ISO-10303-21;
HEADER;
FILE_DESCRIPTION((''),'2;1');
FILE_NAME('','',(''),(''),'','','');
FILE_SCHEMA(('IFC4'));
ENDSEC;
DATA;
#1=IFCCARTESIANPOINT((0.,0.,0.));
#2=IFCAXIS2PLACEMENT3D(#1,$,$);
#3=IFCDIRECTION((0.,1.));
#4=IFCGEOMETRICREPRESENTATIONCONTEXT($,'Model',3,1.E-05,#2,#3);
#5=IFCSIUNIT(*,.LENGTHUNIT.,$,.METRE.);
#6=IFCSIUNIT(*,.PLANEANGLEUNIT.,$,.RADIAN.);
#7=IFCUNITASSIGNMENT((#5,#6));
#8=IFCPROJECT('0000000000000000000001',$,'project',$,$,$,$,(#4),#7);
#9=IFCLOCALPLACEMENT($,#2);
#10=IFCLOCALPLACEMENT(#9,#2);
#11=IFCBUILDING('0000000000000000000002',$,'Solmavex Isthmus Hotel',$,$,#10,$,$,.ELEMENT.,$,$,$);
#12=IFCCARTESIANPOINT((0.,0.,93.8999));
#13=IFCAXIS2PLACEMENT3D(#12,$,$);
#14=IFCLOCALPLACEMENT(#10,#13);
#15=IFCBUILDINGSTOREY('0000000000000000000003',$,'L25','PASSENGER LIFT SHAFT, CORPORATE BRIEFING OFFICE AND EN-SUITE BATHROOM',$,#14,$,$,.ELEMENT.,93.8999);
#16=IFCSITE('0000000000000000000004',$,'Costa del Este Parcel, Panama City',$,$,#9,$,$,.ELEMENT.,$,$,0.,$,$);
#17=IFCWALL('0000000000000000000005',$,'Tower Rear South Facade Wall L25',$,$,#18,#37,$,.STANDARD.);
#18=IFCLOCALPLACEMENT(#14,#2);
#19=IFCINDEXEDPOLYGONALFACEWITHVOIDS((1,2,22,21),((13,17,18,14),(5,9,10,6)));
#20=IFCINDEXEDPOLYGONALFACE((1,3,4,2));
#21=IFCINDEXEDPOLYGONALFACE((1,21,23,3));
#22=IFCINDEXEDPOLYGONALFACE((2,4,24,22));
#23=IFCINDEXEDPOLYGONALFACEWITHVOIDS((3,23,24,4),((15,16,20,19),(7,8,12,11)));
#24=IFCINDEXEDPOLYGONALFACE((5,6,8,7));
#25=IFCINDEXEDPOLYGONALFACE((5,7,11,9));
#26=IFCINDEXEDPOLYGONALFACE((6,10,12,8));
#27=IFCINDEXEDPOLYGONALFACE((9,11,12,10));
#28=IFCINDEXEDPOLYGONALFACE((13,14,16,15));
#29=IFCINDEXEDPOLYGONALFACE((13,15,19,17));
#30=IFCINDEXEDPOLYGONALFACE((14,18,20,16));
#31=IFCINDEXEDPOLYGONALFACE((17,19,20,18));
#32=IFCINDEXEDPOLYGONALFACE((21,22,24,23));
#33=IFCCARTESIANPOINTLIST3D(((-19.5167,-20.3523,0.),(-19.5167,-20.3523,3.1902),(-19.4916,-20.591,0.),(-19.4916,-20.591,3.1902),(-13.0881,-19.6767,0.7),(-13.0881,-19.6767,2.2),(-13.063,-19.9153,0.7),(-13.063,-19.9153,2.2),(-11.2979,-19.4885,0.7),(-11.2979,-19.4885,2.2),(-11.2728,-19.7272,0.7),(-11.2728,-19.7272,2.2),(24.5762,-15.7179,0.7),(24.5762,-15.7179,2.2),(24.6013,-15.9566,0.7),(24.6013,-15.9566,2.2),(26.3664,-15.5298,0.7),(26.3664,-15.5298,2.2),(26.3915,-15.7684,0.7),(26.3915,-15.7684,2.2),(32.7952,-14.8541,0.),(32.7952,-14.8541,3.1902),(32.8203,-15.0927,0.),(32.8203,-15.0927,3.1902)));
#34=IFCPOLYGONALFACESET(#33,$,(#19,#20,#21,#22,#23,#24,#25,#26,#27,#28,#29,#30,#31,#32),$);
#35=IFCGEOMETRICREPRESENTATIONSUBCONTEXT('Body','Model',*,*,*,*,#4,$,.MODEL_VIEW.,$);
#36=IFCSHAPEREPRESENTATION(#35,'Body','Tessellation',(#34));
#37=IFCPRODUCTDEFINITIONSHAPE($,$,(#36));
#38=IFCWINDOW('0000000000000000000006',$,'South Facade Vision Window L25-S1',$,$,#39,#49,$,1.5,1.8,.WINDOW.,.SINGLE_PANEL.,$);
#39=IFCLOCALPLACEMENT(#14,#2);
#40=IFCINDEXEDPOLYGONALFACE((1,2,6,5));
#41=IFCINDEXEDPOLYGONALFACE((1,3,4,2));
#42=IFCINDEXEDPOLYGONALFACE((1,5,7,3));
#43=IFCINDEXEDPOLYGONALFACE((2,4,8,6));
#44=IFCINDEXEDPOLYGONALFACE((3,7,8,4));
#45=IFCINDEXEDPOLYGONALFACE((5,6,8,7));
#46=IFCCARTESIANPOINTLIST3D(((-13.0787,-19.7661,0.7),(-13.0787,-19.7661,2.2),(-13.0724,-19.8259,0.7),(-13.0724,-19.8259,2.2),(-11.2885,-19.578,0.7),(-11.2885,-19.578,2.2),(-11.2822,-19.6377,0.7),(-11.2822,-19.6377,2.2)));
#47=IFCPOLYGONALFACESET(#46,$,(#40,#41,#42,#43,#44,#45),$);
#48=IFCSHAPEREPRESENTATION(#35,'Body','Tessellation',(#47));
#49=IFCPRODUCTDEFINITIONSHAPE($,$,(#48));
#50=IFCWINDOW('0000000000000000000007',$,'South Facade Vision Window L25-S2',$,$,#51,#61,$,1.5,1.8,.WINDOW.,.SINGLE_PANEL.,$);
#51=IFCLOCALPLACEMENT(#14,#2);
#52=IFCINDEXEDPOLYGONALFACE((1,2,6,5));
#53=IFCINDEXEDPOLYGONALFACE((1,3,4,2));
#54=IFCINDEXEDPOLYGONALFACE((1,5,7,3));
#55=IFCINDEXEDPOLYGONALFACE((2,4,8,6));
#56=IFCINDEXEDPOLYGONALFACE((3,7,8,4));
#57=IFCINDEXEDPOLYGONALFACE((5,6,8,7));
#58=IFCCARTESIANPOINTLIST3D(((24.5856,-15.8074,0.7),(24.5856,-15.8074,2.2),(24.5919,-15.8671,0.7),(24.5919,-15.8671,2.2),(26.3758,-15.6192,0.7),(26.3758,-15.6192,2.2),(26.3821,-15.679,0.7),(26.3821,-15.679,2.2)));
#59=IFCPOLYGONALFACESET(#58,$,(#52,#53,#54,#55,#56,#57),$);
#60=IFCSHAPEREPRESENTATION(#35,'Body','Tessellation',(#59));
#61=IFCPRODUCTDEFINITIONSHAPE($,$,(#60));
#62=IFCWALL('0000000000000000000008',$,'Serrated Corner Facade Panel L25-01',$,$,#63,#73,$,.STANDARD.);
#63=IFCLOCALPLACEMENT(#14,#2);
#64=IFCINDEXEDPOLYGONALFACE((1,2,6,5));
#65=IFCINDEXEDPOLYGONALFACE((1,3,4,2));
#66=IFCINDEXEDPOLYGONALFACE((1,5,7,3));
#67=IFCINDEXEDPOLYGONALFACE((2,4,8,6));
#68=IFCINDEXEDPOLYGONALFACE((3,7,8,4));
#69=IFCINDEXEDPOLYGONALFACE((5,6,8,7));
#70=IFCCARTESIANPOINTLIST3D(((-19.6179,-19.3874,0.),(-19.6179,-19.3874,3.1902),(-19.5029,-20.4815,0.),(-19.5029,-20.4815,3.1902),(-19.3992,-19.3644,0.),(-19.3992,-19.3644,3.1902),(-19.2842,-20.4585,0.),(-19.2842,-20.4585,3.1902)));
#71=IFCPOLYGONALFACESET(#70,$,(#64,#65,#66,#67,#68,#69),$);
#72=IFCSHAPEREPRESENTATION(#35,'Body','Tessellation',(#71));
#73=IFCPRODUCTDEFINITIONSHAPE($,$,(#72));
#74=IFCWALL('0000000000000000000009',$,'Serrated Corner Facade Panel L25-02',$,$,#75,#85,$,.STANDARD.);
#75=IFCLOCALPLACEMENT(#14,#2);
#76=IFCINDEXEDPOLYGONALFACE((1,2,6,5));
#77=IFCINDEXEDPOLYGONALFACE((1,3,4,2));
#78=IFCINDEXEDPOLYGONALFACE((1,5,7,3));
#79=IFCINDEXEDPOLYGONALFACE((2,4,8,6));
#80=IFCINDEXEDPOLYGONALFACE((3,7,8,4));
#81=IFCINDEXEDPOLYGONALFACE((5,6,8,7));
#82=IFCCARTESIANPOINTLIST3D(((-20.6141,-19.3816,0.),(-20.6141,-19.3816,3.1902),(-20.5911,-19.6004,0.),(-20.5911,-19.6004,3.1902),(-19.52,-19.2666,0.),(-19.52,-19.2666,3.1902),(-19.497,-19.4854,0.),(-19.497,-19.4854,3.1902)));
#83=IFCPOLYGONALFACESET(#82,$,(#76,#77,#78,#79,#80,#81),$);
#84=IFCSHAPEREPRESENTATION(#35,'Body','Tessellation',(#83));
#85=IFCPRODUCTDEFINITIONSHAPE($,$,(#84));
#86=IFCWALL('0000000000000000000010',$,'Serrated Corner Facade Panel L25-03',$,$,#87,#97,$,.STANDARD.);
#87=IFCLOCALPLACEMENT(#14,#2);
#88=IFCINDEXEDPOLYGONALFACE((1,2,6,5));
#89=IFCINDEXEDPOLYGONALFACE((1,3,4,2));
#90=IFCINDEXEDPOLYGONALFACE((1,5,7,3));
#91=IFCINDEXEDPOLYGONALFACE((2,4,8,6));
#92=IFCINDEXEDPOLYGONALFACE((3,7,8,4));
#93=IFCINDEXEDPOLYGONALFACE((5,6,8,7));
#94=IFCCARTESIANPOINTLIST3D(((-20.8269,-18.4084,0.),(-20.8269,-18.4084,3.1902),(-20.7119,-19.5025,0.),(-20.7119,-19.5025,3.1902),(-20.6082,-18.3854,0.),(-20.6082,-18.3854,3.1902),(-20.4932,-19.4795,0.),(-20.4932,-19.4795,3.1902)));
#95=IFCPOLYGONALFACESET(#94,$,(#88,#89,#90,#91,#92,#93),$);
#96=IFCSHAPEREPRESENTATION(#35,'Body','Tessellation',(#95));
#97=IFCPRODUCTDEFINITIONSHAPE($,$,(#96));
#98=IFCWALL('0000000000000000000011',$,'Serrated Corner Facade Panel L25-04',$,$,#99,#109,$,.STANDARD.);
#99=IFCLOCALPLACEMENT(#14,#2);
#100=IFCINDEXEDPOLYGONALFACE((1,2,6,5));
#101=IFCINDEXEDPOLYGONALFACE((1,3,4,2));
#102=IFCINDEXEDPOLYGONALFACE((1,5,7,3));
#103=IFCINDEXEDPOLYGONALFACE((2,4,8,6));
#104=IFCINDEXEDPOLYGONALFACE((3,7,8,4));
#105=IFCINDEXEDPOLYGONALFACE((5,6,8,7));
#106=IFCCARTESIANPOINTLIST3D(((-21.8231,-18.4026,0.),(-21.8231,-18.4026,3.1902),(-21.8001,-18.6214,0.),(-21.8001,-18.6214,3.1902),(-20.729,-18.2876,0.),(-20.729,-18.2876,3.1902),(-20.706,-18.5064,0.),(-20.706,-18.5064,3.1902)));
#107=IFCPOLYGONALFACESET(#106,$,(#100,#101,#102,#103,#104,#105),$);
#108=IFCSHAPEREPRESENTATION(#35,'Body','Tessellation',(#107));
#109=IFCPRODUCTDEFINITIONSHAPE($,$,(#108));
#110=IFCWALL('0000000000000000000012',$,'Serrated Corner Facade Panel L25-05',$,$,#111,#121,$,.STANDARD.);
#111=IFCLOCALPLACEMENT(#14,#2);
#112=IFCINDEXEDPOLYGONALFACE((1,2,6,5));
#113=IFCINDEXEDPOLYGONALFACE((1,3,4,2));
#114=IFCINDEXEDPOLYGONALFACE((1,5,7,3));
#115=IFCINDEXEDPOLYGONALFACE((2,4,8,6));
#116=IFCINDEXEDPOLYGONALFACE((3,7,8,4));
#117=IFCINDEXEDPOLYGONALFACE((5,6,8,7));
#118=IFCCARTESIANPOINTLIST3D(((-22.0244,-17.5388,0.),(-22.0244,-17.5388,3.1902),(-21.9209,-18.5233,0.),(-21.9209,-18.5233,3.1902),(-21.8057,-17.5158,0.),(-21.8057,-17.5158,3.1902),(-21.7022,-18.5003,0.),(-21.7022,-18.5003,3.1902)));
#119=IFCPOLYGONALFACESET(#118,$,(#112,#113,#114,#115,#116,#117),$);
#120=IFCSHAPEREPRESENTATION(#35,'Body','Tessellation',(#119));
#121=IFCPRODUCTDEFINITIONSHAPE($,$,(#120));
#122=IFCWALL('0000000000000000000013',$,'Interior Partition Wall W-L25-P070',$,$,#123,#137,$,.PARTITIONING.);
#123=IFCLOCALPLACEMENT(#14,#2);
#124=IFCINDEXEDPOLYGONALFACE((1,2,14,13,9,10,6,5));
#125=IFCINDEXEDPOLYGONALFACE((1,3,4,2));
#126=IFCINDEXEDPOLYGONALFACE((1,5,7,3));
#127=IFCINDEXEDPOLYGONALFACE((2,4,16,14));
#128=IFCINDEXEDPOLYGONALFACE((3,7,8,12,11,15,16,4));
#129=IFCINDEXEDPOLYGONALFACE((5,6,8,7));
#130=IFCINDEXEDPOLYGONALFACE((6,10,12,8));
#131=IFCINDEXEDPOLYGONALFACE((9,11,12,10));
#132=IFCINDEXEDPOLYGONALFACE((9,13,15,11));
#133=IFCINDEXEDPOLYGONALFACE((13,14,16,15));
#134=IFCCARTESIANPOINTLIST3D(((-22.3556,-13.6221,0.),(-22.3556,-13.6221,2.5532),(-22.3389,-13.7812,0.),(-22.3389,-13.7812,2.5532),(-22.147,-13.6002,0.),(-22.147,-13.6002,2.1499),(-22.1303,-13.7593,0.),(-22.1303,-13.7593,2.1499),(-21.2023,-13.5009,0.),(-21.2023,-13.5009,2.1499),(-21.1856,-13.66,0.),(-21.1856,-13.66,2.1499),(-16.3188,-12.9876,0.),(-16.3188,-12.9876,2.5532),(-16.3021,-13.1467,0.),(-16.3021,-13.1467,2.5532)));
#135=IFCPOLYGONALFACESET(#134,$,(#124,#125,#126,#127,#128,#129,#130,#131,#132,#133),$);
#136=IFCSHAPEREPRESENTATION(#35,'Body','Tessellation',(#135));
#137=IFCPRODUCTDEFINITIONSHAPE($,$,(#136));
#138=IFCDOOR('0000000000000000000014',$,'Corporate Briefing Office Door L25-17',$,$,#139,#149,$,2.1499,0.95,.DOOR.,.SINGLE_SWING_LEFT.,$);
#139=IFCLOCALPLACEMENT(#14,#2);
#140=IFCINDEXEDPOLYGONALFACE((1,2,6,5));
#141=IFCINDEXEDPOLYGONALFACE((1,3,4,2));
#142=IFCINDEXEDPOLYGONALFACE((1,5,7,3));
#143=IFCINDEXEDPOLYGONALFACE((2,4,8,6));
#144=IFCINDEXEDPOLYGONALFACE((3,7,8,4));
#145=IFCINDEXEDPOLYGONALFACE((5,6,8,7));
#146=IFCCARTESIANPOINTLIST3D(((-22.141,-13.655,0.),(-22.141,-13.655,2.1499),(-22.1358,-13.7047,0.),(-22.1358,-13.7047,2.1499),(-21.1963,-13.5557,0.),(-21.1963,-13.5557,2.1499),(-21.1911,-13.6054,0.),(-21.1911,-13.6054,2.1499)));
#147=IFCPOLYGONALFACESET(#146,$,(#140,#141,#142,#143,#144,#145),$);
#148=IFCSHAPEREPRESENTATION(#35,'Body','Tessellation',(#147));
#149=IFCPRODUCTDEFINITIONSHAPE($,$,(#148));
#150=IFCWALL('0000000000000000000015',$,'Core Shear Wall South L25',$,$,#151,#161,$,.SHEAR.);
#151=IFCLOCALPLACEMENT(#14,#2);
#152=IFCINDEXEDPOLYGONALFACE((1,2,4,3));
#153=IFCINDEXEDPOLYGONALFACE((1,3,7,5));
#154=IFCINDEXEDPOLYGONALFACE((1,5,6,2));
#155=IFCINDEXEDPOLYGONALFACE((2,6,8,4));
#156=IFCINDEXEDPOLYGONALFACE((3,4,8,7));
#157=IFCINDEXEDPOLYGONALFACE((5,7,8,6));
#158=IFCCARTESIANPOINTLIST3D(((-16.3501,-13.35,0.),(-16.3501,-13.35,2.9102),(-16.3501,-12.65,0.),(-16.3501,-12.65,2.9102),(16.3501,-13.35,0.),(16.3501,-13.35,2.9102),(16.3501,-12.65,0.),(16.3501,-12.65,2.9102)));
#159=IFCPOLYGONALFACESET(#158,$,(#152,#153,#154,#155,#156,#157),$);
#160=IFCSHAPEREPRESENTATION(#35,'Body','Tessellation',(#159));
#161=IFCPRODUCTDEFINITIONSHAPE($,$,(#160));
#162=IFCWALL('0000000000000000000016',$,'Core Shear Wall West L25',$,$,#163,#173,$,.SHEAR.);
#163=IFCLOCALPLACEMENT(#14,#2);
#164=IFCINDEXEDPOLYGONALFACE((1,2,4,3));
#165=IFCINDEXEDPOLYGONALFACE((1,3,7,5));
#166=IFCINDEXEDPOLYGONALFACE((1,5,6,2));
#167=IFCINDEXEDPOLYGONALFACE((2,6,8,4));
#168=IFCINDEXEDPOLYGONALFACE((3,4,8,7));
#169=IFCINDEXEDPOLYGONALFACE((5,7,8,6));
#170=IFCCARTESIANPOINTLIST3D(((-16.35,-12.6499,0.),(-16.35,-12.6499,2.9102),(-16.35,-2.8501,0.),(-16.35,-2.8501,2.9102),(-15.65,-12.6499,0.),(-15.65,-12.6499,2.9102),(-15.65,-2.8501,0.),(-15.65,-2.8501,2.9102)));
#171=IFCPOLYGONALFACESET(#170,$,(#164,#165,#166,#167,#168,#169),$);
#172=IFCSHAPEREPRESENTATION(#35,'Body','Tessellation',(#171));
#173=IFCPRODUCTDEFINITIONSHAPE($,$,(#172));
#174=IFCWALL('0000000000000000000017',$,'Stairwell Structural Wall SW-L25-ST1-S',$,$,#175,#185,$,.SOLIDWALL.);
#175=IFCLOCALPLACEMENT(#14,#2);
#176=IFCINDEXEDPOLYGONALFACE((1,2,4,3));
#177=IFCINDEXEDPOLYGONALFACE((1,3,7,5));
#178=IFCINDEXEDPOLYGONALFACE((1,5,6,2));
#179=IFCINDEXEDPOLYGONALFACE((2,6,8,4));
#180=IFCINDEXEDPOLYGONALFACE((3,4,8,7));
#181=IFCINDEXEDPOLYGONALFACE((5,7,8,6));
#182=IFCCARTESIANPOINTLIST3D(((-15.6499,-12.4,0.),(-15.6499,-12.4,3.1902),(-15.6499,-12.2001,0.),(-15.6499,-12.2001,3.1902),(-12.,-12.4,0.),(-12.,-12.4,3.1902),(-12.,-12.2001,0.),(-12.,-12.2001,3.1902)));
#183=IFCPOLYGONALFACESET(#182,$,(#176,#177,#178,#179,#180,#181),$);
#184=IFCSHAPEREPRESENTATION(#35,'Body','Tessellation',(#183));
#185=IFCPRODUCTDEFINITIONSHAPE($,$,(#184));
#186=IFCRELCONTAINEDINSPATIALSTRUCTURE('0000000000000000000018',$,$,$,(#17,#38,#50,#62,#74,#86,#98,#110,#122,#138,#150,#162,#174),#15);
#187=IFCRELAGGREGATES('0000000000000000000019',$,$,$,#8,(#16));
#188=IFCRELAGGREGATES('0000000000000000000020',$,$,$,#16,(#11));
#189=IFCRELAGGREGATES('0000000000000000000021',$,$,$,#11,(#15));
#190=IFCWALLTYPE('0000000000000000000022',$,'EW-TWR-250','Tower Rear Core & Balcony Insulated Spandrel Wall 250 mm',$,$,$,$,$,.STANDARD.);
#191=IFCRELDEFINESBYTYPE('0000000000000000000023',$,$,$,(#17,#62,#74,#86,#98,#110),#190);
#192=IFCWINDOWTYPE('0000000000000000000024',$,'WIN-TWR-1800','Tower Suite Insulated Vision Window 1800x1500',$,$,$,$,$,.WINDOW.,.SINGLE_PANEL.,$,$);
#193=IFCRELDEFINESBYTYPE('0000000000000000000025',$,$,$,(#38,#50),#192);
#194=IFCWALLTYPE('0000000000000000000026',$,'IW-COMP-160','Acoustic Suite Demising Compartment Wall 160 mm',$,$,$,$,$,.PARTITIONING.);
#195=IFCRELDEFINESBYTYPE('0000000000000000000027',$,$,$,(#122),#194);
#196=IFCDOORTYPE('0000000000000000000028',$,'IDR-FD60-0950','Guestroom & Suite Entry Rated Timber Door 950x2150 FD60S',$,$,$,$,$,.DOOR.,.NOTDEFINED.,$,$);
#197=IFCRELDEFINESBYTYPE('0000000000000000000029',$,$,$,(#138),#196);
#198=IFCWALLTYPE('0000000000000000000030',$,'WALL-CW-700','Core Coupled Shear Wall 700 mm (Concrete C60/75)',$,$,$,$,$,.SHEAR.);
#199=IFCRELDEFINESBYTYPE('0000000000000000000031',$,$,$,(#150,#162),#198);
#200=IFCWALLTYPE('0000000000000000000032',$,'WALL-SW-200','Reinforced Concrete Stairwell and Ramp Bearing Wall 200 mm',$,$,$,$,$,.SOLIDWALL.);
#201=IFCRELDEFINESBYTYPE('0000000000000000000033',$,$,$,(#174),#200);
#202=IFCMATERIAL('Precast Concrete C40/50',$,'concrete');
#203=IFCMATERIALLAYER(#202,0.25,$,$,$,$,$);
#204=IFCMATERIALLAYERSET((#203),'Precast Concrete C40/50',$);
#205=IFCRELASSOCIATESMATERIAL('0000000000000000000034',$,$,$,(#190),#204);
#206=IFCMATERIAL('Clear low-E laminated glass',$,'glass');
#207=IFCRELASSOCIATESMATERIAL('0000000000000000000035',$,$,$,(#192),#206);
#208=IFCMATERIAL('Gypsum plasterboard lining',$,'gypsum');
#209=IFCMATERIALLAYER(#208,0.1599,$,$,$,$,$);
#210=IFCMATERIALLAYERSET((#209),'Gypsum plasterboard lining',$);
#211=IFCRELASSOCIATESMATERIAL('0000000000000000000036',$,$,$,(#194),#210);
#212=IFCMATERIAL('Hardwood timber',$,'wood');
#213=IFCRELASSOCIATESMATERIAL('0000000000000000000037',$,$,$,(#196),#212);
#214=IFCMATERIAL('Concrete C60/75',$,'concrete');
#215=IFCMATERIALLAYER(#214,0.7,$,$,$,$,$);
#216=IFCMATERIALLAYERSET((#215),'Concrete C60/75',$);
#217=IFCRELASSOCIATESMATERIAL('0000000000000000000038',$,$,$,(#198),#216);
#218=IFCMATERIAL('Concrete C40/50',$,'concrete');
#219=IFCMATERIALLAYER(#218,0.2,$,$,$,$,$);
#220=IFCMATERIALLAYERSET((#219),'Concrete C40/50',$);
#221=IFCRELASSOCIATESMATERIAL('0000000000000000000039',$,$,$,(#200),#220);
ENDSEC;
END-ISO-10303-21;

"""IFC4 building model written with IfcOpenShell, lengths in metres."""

from ifc_helpers import new_model, si_unit, direction, frame, frame_2d, origin, place, context, subcontext, project, spatial, rectangle, extrude, material, layer, layer_set, type_object, element, fill, save


model = new_model("IFC4")

# Units and contexts
model_context = context("Model", 3, precision=1e-05, world=origin(), true_north=direction((0.0, 1.0)))
body_context = subcontext(model_context, "Body", "Model", "MODEL_VIEW")
ifc_project = project(units=[si_unit("LENGTHUNIT", "METRE"), si_unit("PLANEANGLEUNIT", "RADIAN")], contexts=[model_context])

# Site, building, storey
site_placement = place(None, origin())
site = spatial("IfcSite", under=ifc_project, at=site_placement, Name="Costa del Este Parcel, Panama City", CompositionType="ELEMENT", RefElevation=0.0)
building_placement = place(site_placement, origin())
building = spatial("IfcBuilding", under=site, at=building_placement, Name="Solmavex Isthmus Hotel", CompositionType="ELEMENT")
storey_placement = place(building_placement, frame((0.0, 0.0, 93.8999)))
storey = spatial("IfcBuildingStorey", under=building, at=storey_placement, Name="L25", Description="PASSENGER LIFT SHAFT, CORPORATE BRIEFING OFFICE AND EN-SUITE BATHROOM", CompositionType="ELEMENT", Elevation=93.8999)

# Shared definitions
ifc_material_1 = material(Name="Concrete C60/75", Category="concrete")

# Shared definitions
ifc_material_2 = material(Name="Clear low-E laminated glass", Category="glass")

# Wall, openings, windows
ifc_material_3 = material(Name="Precast Concrete C40/50", Category="concrete")
ifc_layer_1 = layer(ifc_material_3, 0.25)
ifc_layer_set_1 = layer_set([ifc_layer_1], Name="Precast Concrete C40/50")
wall_type_1 = type_object("IfcWallType", Name="EW-TWR-250", Description="Tower Rear Core & Balcony Insulated Spandrel Wall 250 mm", PredefinedType="STANDARD", material=ifc_layer_set_1)
wall_1_placement = place(storey_placement, frame((-19.5042, -20.4717, 0.0), z_axis=(0.0, 0.0, 1.0), x_axis=(0.994522, 0.10453, 0.0)))
wall_1 = element("IfcWall", 1, at=wall_1_placement, inside=storey, type_object=wall_type_1, Name="Tower Rear South Facade Wall L25", PredefinedType="STANDARD", context=body_context, shape_type="SweptSolid", body=[
    extrude(rectangle(XDim=52.6001, YDim=0.24, at=frame_2d((26.3, 0.0))), origin(), (0.0, 0.0, 1.0), 3.1902),
])
opening_1_placement = place(wall_1_placement, frame((6.4641, 0.0, 0.7)))
opening_1 = element("IfcOpeningElement", 2, at=opening_1_placement, cuts=wall_1, PredefinedType="OPENING", context=body_context, shape_type="SweptSolid", body=[
    extrude(rectangle(XDim=1.8, YDim=1.5, at=frame_2d((0.8999, 0.75))), frame((0.0, 0.1299, 0.0), z_axis=(0.0, -1.0, 0.0), x_axis=(1.0, 0.0, 0.0)), (0.0, 0.0, 1.0), 0.26),
])
opening_2_placement = place(wall_1_placement, frame((44.3359, 0.0, 0.7)))
opening_2 = element("IfcOpeningElement", 3, at=opening_2_placement, cuts=wall_1, PredefinedType="OPENING", context=body_context, shape_type="SweptSolid", body=[
    extrude(rectangle(XDim=1.8, YDim=1.5, at=frame_2d((0.8999, 0.75))), frame((0.0, 0.1299, 0.0), z_axis=(0.0, -1.0, 0.0), x_axis=(1.0, 0.0, 0.0)), (0.0, 0.0, 1.0), 0.26),
])
window_type = type_object("IfcWindowType", Name="WIN-TWR-1800", Description="Tower Suite Insulated Vision Window 1800x1500", PartitioningType="SINGLE_PANEL", PredefinedType="WINDOW", material=ifc_material_2)
window_1_placement = place(opening_1_placement, origin())
window_1 = element("IfcWindow", 4, at=window_1_placement, inside=storey, type_object=window_type, Name="South Facade Vision Window L25-S1", OverallHeight=1.5, OverallWidth=1.8, PartitioningType="SINGLE_PANEL", PredefinedType="WINDOW", context=body_context, shape_type="SweptSolid", body=[
    extrude(rectangle(XDim=1.8, YDim=1.5, at=frame_2d((0.8999, 0.75))), frame((0.0, 0.03, 0.0), z_axis=(0.0, -1.0, 0.0), x_axis=(1.0, 0.0, 0.0)), (0.0, 0.0, 1.0), 0.0601),
])
fill(opening_1, window_1)
window_2_placement = place(opening_2_placement, origin())
window_2 = element("IfcWindow", 5, at=window_2_placement, inside=storey, type_object=window_type, Name="South Facade Vision Window L25-S2", OverallHeight=1.5, OverallWidth=1.8, PartitioningType="SINGLE_PANEL", PredefinedType="WINDOW", context=body_context, shape_type="SweptSolid", body=[
    extrude(rectangle(XDim=1.8, YDim=1.5, at=frame_2d((0.8999, 0.75))), frame((0.0, 0.03, 0.0), z_axis=(0.0, -1.0, 0.0), x_axis=(1.0, 0.0, 0.0)), (0.0, 0.0, 1.0), 0.0601),
])
fill(opening_2, window_2)

# Walls
for number, where, z_axis, x_axis, name in (
    (6, (-19.3936, -20.47, 0.0), (0.0, 0.0, 1.0), (-0.104535, 0.994521, 0.0), "Serrated Corner Facade Panel L25-01"),
    (7, (-19.5085, -19.376, 0.0), (0.0, 0.0, 1.0), (-0.994521, -0.104535, 0.0), "Serrated Corner Facade Panel L25-02"),
    (8, (-20.6025, -19.491, 0.0), (0.0, 0.0, 1.0), (-0.104535, 0.994521, 0.0), "Serrated Corner Facade Panel L25-03"),
    (9, (-20.7175, -18.397, 0.0), (0.0, 0.0, 1.0), (-0.994521, -0.104535, 0.0), "Serrated Corner Facade Panel L25-04"),
):
    element("IfcWall", number, at=place(storey_placement, frame(where, z_axis=z_axis, x_axis=x_axis)), inside=storey, type_object=wall_type_1, Name=name, PredefinedType="STANDARD", context=body_context, shape_type="SweptSolid", body=[
        extrude(rectangle(XDim=1.1001, YDim=0.22, at=frame_2d((0.55, 0.0))), origin(), (0.0, 0.0, 1.0), 3.1902),
    ])
wall_2_placement = place(storey_placement, frame((-21.8115, -18.512, 0.0), z_axis=(0.0, 0.0, 1.0), x_axis=(-0.104556, 0.994519, 0.0)))
element("IfcWall", 10, at=wall_2_placement, inside=storey, type_object=wall_type_1, Name="Serrated Corner Facade Panel L25-05", PredefinedType="STANDARD", context=body_context, shape_type="SweptSolid", body=[
    extrude(rectangle(XDim=0.99, YDim=0.22, at=frame_2d((0.4951, 0.0))), origin(), (0.0, 0.0, 1.0), 3.1902),
])

# Wall, opening, door
ifc_material_4 = material(Name="Gypsum plasterboard lining", Category="gypsum")
ifc_layer_2 = layer(ifc_material_4, 0.1599)
ifc_layer_set_2 = layer_set([ifc_layer_2], Name="Gypsum plasterboard lining")
wall_type_2 = type_object("IfcWallType", Name="IW-COMP-160", Description="Acoustic Suite Demising Compartment Wall 160 mm", PredefinedType="PARTITIONING", material=ifc_layer_set_2)
wall_3_placement = place(storey_placement, frame((-16.3103, -13.0671, 0.0), z_axis=(0.0, 0.0, 1.0), x_axis=(-0.994522, -0.104532, 0.0)))
wall_3 = element("IfcWall", 11, at=wall_3_placement, inside=storey, type_object=wall_type_2, Name="Interior Partition Wall W-L25-P070", PredefinedType="PARTITIONING", context=body_context, shape_type="SweptSolid", body=[
    extrude(rectangle(XDim=6.0701, YDim=0.1599, at=frame_2d((3.0352, 0.0))), origin(), (0.0, 0.0, 1.0), 2.5532),
])
opening_3_placement = place(wall_3_placement, frame((4.9104, 0.0, 0.0)))
opening_3 = element("IfcOpeningElement", 12, at=opening_3_placement, cuts=wall_3, PredefinedType="OPENING", context=body_context, shape_type="SweptSolid", body=[
    extrude(rectangle(XDim=0.95, YDim=2.1499, at=frame_2d((0.4751, 1.075))), frame((0.0, 0.0898, 0.0), z_axis=(0.0, -1.0, 0.0), x_axis=(1.0, 0.0, 0.0)), (0.0, 0.0, 1.0), 0.1799),
])
ifc_material_5 = material(Name="Hardwood timber", Category="wood")
door_type_1 = type_object("IfcDoorType", Name="IDR-FD60-0950", Description="Guestroom & Suite Entry Rated Timber Door 950x2150 FD60S", OperationType="NOTDEFINED", PredefinedType="DOOR", material=ifc_material_5)
door_1_placement = place(opening_3_placement, frame((0.95, 0.0, 0.0), z_axis=(0.0, 0.0, 1.0), x_axis=(-1.0, 0.0, 0.0)))
door_1 = element("IfcDoor", 13, at=door_1_placement, inside=storey, type_object=door_type_1, Name="Corporate Briefing Office Door L25-17", OperationType="SINGLE_SWING_LEFT", OverallHeight=2.1499, OverallWidth=0.95, PredefinedType="DOOR", context=body_context, shape_type="SweptSolid", body=[
    extrude(rectangle(XDim=0.95, YDim=2.1499, at=frame_2d((0.4751, 1.075))), frame((0.0, 0.0249, 0.0), z_axis=(0.0, -1.0, 0.0), x_axis=(1.0, 0.0, 0.0)), (0.0, 0.0, 1.0), 0.05),
])
fill(opening_3, door_1)

# Walls
ifc_layer_3 = layer(ifc_material_1, 0.7)
ifc_layer_set_3 = layer_set([ifc_layer_3], Name="Concrete C60/75")
wall_type_3 = type_object("IfcWallType", Name="WALL-CW-700", Description="Core Coupled Shear Wall 700 mm (Concrete C60/75)", PredefinedType="SHEAR", material=ifc_layer_set_3)
wall_4_placement = place(storey_placement, frame((-16.3501, -13.0, 0.0), z_axis=(0.0, 0.0, 1.0), x_axis=(1.0, 0.0, 0.0)))
element("IfcWall", 14, at=wall_4_placement, inside=storey, type_object=wall_type_3, Name="Core Shear Wall South L25", PredefinedType="SHEAR", context=body_context, shape_type="SweptSolid", body=[
    extrude(rectangle(XDim=32.7002, YDim=0.7, at=frame_2d((16.3501, 0.0))), origin(), (0.0, 0.0, 1.0), 2.9102),
])
wall_5_placement = place(storey_placement, frame((-16.0, -12.6499, 0.0), z_axis=(0.0, 0.0, 1.0), x_axis=(0.0, 1.0, 0.0)))
element("IfcWall", 15, at=wall_5_placement, inside=storey, type_object=wall_type_3, Name="Core Shear Wall West L25", PredefinedType="SHEAR", context=body_context, shape_type="SweptSolid", body=[
    extrude(rectangle(XDim=9.7998, YDim=0.7, at=frame_2d((4.8999, 0.0))), origin(), (0.0, 0.0, 1.0), 2.9102),
])
ifc_material_6 = material(Name="Concrete C40/50", Category="concrete")
ifc_layer_4 = layer(ifc_material_6, 0.2)
ifc_layer_set_4 = layer_set([ifc_layer_4], Name="Concrete C40/50")
wall_type_4 = type_object("IfcWallType", Name="WALL-SW-200", Description="Reinforced Concrete Stairwell and Ramp Bearing Wall 200 mm", PredefinedType="SOLIDWALL", material=ifc_layer_set_4)
wall_6_placement = place(storey_placement, frame((-15.6499, -12.3, 0.0), z_axis=(0.0, 0.0, 1.0), x_axis=(1.0, 0.0, 0.0)))
element("IfcWall", 16, at=wall_6_placement, inside=storey, type_object=wall_type_4, Name="Stairwell Structural Wall SW-L25-ST1-S", PredefinedType="SOLIDWALL", context=body_context, shape_type="SweptSolid", body=[
    extrude(rectangle(XDim=3.6499, YDim=0.2, at=frame_2d((1.825, 0.0))), origin(), (0.0, 0.0, 1.0), 3.1902),
])

save(model, "model.ifc")
